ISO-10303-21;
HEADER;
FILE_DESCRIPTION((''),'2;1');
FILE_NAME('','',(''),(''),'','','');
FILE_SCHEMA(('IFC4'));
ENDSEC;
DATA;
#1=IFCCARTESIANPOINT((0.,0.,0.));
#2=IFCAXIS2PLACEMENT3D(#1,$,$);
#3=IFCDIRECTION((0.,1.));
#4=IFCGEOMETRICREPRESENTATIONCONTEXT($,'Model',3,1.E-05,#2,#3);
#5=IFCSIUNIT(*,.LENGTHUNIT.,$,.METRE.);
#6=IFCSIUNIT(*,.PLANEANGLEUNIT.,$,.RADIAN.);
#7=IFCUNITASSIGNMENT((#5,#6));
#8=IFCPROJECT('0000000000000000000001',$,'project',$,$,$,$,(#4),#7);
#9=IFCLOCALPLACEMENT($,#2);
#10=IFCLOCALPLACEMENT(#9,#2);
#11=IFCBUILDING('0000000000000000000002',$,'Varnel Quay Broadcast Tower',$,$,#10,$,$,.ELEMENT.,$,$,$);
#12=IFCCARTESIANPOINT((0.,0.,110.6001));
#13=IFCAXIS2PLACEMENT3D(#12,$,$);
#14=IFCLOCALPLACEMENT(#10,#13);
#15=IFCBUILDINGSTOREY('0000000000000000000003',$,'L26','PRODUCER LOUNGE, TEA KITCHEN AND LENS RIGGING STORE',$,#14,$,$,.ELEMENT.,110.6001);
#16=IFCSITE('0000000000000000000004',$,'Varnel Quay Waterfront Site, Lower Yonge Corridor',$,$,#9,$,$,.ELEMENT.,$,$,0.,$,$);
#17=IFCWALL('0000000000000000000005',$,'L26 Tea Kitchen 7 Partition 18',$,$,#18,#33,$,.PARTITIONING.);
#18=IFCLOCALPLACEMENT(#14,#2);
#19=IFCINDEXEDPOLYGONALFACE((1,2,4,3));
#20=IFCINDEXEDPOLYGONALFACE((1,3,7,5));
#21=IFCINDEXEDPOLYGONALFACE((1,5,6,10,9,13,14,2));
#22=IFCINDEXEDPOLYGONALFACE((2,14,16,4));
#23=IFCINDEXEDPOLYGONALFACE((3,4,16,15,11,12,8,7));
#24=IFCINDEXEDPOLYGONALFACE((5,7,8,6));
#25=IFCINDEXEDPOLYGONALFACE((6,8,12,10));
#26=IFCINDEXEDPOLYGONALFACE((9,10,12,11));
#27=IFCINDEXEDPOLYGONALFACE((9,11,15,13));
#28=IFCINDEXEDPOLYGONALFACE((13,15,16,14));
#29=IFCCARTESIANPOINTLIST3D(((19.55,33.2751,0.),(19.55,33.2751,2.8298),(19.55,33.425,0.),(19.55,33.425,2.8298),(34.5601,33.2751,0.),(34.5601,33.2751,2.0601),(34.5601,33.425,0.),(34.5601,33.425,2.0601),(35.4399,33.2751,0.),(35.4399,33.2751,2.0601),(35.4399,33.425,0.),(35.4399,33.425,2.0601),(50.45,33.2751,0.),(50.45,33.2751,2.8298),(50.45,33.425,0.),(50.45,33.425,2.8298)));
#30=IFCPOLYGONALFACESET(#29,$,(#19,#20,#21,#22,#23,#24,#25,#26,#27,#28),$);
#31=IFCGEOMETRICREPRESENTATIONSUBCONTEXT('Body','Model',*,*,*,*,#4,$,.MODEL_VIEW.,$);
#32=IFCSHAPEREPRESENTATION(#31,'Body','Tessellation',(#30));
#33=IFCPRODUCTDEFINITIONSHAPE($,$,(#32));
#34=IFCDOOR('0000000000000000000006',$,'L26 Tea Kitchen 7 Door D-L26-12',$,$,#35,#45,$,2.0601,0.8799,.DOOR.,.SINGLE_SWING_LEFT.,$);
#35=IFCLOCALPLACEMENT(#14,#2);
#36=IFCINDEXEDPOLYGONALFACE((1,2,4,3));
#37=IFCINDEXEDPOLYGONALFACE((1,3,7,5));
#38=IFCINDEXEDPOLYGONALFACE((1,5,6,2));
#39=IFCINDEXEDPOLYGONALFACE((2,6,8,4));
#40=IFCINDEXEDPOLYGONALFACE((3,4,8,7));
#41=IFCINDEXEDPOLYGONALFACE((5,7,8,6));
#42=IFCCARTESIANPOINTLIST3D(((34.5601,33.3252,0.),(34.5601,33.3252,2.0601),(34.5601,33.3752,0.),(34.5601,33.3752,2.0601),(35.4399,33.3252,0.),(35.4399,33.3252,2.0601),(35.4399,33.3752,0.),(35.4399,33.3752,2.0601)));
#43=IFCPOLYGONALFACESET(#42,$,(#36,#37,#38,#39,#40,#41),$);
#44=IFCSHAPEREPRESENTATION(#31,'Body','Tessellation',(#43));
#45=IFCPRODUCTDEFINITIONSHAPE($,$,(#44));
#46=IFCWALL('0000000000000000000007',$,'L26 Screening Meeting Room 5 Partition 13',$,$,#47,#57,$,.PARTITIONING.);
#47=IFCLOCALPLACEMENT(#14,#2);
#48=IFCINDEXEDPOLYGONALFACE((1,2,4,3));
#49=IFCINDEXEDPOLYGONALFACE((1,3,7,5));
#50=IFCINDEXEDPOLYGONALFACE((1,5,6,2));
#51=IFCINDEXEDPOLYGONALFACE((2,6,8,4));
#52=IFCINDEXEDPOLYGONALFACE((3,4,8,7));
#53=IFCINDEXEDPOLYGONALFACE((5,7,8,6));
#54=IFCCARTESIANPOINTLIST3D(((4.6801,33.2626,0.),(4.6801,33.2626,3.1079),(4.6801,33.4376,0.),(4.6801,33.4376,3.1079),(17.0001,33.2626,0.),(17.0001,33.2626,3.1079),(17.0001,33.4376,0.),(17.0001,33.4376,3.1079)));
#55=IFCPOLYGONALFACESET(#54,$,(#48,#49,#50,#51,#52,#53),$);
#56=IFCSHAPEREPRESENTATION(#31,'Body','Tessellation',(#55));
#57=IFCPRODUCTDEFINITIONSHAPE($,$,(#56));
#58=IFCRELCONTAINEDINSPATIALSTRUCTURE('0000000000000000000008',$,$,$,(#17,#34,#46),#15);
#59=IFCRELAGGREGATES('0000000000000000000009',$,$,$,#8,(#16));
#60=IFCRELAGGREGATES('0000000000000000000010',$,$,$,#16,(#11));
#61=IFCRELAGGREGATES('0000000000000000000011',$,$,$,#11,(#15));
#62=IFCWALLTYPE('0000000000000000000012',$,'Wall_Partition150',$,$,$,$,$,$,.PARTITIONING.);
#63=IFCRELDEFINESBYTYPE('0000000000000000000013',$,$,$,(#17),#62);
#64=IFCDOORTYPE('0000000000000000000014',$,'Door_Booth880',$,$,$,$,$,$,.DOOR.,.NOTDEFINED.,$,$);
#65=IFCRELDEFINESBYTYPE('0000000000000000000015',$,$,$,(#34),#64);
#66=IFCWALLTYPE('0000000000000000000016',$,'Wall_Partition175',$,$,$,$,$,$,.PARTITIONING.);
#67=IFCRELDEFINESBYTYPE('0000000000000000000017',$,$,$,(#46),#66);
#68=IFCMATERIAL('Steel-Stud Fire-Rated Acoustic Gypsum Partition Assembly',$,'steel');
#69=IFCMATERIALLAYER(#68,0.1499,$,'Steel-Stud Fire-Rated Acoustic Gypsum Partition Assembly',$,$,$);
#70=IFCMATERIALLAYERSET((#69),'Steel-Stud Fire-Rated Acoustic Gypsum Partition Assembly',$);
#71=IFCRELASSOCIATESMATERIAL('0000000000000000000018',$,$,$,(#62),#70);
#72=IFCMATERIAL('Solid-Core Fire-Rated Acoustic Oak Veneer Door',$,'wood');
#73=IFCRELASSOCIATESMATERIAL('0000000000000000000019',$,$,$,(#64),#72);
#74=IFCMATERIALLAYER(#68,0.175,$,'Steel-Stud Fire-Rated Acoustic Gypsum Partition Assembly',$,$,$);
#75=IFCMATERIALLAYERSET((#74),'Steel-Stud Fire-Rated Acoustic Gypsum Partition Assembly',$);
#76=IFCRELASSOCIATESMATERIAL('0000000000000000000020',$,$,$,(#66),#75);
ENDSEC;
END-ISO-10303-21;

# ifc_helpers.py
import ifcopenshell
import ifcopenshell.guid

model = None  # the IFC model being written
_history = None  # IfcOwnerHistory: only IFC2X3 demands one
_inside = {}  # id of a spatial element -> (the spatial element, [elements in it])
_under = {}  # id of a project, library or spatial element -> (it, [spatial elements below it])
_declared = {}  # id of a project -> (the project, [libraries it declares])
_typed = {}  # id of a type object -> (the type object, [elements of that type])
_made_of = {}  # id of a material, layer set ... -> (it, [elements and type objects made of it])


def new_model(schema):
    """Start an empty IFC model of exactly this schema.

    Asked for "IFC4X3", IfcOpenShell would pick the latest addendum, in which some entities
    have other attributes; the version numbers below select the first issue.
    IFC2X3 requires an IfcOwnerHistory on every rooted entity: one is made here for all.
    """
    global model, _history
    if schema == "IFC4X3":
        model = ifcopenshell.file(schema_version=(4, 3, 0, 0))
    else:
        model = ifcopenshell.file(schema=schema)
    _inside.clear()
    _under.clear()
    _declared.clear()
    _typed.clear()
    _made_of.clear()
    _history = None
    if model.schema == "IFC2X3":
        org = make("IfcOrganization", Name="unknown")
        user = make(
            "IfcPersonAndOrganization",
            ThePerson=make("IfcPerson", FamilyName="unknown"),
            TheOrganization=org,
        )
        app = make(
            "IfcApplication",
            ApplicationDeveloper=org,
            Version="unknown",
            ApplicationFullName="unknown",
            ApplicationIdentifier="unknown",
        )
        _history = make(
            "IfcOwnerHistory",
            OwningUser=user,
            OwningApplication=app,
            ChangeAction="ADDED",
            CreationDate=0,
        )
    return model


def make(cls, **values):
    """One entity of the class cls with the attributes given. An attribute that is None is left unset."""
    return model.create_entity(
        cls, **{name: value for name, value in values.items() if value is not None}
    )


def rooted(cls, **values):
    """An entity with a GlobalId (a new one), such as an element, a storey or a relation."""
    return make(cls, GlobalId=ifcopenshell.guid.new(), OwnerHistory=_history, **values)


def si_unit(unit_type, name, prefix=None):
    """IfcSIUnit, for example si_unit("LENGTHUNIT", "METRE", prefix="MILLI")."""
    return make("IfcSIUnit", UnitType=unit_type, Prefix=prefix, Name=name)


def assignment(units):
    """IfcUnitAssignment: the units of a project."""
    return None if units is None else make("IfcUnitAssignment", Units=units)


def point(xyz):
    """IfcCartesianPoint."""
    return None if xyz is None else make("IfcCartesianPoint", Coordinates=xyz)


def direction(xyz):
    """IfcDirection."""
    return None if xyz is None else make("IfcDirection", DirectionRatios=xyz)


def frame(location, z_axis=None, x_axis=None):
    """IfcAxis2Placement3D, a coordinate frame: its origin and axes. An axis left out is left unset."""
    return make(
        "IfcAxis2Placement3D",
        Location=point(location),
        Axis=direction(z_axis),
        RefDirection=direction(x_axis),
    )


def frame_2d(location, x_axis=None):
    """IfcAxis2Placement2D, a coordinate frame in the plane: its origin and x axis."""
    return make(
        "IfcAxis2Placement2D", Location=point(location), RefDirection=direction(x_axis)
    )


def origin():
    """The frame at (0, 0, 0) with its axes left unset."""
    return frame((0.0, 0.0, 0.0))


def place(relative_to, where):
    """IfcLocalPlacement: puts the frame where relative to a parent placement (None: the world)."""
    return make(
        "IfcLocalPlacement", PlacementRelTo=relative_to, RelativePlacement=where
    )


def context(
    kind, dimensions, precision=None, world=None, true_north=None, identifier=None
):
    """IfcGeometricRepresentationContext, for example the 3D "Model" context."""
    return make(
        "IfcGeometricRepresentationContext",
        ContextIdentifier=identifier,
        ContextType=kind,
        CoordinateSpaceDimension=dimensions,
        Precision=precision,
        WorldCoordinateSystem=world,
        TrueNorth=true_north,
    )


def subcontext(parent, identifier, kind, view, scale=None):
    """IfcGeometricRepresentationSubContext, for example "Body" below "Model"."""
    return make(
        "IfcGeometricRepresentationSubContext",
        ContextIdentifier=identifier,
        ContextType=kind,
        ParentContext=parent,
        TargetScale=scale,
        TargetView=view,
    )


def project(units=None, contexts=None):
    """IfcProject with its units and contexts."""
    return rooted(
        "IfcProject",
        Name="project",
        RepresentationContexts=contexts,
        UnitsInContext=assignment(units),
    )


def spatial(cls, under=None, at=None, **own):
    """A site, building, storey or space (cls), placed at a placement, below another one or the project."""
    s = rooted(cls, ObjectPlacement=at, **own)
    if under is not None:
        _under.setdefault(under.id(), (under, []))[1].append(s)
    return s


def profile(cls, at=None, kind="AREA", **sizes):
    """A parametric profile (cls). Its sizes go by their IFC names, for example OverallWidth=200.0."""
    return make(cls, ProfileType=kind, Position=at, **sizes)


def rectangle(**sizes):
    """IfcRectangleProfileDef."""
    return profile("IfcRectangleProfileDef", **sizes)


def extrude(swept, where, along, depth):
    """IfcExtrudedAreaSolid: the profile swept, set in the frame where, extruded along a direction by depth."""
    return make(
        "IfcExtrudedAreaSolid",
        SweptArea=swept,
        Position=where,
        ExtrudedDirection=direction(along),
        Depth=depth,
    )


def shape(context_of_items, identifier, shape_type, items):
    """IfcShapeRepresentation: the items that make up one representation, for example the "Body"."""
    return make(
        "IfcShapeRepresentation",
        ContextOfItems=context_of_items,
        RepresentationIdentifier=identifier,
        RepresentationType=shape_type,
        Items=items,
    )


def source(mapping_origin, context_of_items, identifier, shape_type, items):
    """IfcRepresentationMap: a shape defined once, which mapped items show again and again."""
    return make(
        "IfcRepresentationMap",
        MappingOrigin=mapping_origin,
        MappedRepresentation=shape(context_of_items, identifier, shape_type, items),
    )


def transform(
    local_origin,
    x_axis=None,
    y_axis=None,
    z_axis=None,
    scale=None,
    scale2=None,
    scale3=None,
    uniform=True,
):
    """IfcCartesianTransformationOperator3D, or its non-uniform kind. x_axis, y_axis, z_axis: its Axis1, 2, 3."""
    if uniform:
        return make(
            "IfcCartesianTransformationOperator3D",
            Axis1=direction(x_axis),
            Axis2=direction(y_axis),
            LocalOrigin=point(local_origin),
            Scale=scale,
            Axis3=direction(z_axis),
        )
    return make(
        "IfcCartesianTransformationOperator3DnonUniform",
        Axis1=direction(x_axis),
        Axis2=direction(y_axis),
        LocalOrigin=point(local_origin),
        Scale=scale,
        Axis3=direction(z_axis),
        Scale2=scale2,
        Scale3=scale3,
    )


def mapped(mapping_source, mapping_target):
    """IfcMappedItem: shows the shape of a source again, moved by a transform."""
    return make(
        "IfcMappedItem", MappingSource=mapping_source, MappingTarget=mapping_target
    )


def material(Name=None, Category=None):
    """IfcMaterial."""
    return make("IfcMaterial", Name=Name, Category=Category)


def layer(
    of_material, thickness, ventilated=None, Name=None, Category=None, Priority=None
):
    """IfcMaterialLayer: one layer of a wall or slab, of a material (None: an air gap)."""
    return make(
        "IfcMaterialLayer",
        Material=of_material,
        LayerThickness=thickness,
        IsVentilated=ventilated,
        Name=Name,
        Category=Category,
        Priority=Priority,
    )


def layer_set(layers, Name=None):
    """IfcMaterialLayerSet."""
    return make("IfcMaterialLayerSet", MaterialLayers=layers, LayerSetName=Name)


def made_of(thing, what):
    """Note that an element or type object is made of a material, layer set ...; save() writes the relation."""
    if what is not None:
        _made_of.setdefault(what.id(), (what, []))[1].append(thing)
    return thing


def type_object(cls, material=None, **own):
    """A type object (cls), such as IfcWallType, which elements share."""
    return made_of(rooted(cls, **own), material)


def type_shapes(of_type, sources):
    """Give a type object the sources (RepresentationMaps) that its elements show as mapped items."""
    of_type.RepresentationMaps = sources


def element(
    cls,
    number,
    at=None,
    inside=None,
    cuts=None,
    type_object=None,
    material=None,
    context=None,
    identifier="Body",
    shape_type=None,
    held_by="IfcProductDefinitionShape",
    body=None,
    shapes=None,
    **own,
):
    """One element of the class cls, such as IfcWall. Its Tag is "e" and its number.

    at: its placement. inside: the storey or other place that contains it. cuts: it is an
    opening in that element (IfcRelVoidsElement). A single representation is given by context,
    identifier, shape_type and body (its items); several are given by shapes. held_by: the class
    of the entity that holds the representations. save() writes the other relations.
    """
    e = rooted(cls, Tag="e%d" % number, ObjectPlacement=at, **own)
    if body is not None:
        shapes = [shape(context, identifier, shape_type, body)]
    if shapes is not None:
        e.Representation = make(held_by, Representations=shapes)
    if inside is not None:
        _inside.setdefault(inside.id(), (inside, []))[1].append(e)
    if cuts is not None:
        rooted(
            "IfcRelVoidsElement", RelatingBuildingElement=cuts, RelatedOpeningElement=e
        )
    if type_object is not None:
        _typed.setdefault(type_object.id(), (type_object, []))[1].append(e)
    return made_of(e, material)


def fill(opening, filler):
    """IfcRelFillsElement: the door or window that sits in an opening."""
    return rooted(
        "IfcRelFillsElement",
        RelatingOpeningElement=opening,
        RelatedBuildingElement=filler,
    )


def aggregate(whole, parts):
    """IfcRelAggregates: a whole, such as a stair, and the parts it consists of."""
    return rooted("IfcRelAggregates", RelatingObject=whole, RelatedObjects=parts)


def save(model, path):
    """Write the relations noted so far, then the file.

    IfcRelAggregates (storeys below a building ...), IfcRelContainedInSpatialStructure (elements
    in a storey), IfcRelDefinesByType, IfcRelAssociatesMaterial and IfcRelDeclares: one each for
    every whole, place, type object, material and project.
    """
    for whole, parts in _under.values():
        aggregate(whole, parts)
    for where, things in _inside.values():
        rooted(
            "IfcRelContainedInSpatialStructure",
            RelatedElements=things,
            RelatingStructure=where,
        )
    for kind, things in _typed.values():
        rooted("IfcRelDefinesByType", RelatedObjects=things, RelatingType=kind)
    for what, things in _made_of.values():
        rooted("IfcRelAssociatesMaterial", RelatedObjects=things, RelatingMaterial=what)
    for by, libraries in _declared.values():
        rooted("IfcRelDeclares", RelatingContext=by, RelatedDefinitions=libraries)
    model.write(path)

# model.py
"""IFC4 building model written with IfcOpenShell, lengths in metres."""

from ifc_helpers import new_model, si_unit, direction, frame, frame_2d, origin, place, context, subcontext, project, spatial, rectangle, extrude, source, transform, mapped, material, layer, layer_set, type_object, type_shapes, element, fill, save


model = new_model("IFC4")

# Units and contexts
model_context = context("Model", 3, precision=1e-05, world=origin(), true_north=direction((0.0, 1.0)))
body_context = subcontext(model_context, "Body", "Model", "MODEL_VIEW")
ifc_project = project(units=[si_unit("LENGTHUNIT", "METRE"), si_unit("PLANEANGLEUNIT", "RADIAN")], contexts=[model_context])

# Site, building, storey
site_placement = place(None, origin())
site = spatial("IfcSite", under=ifc_project, at=site_placement, Name="Varnel Quay Waterfront Site, Lower Yonge Corridor", CompositionType="ELEMENT", RefElevation=0.0)
building_placement = place(site_placement, origin())
building = spatial("IfcBuilding", under=site, at=building_placement, Name="Varnel Quay Broadcast Tower", CompositionType="ELEMENT")
storey_placement = place(building_placement, frame((0.0, 0.0, 110.6001)))
storey = spatial("IfcBuildingStorey", under=building, at=storey_placement, Name="L26", Description="PRODUCER LOUNGE, TEA KITCHEN AND LENS RIGGING STORE", CompositionType="ELEMENT", Elevation=110.6001)

# Shared definitions
ifc_material_1 = material(Name="Steel-Stud Fire-Rated Acoustic Gypsum Partition Assembly", Category="steel")
ifc_layer_1 = layer(ifc_material_1, 0.1499, Name="Steel-Stud Fire-Rated Acoustic Gypsum Partition Assembly")
ifc_layer_set_1 = layer_set([ifc_layer_1], Name="Steel-Stud Fire-Rated Acoustic Gypsum Partition Assembly")
wall_type_1 = type_object("IfcWallType", Name="Wall_Partition150", PredefinedType="PARTITIONING", material=ifc_layer_set_1)

# Wall, opening, door
wall_1_placement = place(storey_placement, frame((19.55, 33.3501, 0.0), z_axis=(0.0, 0.0, 1.0), x_axis=(1.0, 0.0, 0.0)))
wall_1 = element("IfcWall", 1, at=wall_1_placement, inside=storey, type_object=wall_type_1, Name="L26 Tea Kitchen 7 Partition 18", PredefinedType="PARTITIONING", context=body_context, shape_type="SweptSolid", body=[
    extrude(rectangle(XDim=30.8999, YDim=0.1499, at=frame_2d((15.45, 0.0))), origin(), (0.0, 0.0, 1.0), 2.8298),
])
opening_placement = place(wall_1_placement, frame((15.01, 0.0, 0.0)))
opening = element("IfcOpeningElement", 2, at=opening_placement, cuts=wall_1, PredefinedType="OPENING", context=body_context, shape_type="SweptSolid", body=[
    extrude(rectangle(XDim=0.8799, YDim=2.0601, at=frame_2d((0.4399, 1.03))), frame((0.0, 0.085, 0.0), z_axis=(0.0, -1.0, 0.0), x_axis=(1.0, 0.0, 0.0)), (0.0, 0.0, 1.0), 0.1699),
])
ifc_material_2 = material(Name="Solid-Core Fire-Rated Acoustic Oak Veneer Door", Category="wood")
door_type = type_object("IfcDoorType", Name="Door_Booth880", OperationType="NOTDEFINED", PredefinedType="DOOR", material=ifc_material_2)
shared_shape_1 = source(origin(), body_context, "Body", "SweptSolid", [
    extrude(rectangle(XDim=0.8799, YDim=2.0601, at=frame_2d((0.4399, 1.03))), frame((0.0, 0.0249, 0.0), z_axis=(0.0, -1.0, 0.0), x_axis=(1.0, 0.0, 0.0)), (0.0, 0.0, 1.0), 0.05),
])
type_shapes(door_type, [shared_shape_1])
door_placement = place(opening_placement, frame((0.8799, 0.0, 0.0), z_axis=(0.0, 0.0, 1.0), x_axis=(-1.0, 0.0, 0.0)))
door = element("IfcDoor", 3, at=door_placement, inside=storey, type_object=door_type, Name="L26 Tea Kitchen 7 Door D-L26-12", OperationType="SINGLE_SWING_LEFT", OverallHeight=2.0601, OverallWidth=0.8799, PredefinedType="DOOR", context=body_context, shape_type="MappedRepresentation", body=[
    mapped(shared_shape_1, transform((0.0, 0.0, 0.0), x_axis=(1.0, 0.0, 0.0), y_axis=(0.0, 1.0, 0.0), z_axis=(0.0, 0.0, 1.0), scale=1.0)),
])
fill(opening, door)

# Wall
ifc_layer_2 = layer(ifc_material_1, 0.175, Name="Steel-Stud Fire-Rated Acoustic Gypsum Partition Assembly")
ifc_layer_set_2 = layer_set([ifc_layer_2], Name="Steel-Stud Fire-Rated Acoustic Gypsum Partition Assembly")
wall_type_2 = type_object("IfcWallType", Name="Wall_Partition175", PredefinedType="PARTITIONING", material=ifc_layer_set_2)
wall_2_placement = place(storey_placement, frame((4.6799, 33.3501, 0.0), z_axis=(0.0, 0.0, 1.0), x_axis=(1.0, 0.0, 0.0)))
element("IfcWall", 4, at=wall_2_placement, inside=storey, type_object=wall_type_2, Name="L26 Screening Meeting Room 5 Partition 13", PredefinedType="PARTITIONING", context=body_context, shape_type="SweptSolid", body=[
    extrude(rectangle(XDim=12.3201, YDim=0.175, at=frame_2d((6.1602, 0.0))), origin(), (0.0, 0.0, 1.0), 3.1079),
])

save(model, "model.ifc")
